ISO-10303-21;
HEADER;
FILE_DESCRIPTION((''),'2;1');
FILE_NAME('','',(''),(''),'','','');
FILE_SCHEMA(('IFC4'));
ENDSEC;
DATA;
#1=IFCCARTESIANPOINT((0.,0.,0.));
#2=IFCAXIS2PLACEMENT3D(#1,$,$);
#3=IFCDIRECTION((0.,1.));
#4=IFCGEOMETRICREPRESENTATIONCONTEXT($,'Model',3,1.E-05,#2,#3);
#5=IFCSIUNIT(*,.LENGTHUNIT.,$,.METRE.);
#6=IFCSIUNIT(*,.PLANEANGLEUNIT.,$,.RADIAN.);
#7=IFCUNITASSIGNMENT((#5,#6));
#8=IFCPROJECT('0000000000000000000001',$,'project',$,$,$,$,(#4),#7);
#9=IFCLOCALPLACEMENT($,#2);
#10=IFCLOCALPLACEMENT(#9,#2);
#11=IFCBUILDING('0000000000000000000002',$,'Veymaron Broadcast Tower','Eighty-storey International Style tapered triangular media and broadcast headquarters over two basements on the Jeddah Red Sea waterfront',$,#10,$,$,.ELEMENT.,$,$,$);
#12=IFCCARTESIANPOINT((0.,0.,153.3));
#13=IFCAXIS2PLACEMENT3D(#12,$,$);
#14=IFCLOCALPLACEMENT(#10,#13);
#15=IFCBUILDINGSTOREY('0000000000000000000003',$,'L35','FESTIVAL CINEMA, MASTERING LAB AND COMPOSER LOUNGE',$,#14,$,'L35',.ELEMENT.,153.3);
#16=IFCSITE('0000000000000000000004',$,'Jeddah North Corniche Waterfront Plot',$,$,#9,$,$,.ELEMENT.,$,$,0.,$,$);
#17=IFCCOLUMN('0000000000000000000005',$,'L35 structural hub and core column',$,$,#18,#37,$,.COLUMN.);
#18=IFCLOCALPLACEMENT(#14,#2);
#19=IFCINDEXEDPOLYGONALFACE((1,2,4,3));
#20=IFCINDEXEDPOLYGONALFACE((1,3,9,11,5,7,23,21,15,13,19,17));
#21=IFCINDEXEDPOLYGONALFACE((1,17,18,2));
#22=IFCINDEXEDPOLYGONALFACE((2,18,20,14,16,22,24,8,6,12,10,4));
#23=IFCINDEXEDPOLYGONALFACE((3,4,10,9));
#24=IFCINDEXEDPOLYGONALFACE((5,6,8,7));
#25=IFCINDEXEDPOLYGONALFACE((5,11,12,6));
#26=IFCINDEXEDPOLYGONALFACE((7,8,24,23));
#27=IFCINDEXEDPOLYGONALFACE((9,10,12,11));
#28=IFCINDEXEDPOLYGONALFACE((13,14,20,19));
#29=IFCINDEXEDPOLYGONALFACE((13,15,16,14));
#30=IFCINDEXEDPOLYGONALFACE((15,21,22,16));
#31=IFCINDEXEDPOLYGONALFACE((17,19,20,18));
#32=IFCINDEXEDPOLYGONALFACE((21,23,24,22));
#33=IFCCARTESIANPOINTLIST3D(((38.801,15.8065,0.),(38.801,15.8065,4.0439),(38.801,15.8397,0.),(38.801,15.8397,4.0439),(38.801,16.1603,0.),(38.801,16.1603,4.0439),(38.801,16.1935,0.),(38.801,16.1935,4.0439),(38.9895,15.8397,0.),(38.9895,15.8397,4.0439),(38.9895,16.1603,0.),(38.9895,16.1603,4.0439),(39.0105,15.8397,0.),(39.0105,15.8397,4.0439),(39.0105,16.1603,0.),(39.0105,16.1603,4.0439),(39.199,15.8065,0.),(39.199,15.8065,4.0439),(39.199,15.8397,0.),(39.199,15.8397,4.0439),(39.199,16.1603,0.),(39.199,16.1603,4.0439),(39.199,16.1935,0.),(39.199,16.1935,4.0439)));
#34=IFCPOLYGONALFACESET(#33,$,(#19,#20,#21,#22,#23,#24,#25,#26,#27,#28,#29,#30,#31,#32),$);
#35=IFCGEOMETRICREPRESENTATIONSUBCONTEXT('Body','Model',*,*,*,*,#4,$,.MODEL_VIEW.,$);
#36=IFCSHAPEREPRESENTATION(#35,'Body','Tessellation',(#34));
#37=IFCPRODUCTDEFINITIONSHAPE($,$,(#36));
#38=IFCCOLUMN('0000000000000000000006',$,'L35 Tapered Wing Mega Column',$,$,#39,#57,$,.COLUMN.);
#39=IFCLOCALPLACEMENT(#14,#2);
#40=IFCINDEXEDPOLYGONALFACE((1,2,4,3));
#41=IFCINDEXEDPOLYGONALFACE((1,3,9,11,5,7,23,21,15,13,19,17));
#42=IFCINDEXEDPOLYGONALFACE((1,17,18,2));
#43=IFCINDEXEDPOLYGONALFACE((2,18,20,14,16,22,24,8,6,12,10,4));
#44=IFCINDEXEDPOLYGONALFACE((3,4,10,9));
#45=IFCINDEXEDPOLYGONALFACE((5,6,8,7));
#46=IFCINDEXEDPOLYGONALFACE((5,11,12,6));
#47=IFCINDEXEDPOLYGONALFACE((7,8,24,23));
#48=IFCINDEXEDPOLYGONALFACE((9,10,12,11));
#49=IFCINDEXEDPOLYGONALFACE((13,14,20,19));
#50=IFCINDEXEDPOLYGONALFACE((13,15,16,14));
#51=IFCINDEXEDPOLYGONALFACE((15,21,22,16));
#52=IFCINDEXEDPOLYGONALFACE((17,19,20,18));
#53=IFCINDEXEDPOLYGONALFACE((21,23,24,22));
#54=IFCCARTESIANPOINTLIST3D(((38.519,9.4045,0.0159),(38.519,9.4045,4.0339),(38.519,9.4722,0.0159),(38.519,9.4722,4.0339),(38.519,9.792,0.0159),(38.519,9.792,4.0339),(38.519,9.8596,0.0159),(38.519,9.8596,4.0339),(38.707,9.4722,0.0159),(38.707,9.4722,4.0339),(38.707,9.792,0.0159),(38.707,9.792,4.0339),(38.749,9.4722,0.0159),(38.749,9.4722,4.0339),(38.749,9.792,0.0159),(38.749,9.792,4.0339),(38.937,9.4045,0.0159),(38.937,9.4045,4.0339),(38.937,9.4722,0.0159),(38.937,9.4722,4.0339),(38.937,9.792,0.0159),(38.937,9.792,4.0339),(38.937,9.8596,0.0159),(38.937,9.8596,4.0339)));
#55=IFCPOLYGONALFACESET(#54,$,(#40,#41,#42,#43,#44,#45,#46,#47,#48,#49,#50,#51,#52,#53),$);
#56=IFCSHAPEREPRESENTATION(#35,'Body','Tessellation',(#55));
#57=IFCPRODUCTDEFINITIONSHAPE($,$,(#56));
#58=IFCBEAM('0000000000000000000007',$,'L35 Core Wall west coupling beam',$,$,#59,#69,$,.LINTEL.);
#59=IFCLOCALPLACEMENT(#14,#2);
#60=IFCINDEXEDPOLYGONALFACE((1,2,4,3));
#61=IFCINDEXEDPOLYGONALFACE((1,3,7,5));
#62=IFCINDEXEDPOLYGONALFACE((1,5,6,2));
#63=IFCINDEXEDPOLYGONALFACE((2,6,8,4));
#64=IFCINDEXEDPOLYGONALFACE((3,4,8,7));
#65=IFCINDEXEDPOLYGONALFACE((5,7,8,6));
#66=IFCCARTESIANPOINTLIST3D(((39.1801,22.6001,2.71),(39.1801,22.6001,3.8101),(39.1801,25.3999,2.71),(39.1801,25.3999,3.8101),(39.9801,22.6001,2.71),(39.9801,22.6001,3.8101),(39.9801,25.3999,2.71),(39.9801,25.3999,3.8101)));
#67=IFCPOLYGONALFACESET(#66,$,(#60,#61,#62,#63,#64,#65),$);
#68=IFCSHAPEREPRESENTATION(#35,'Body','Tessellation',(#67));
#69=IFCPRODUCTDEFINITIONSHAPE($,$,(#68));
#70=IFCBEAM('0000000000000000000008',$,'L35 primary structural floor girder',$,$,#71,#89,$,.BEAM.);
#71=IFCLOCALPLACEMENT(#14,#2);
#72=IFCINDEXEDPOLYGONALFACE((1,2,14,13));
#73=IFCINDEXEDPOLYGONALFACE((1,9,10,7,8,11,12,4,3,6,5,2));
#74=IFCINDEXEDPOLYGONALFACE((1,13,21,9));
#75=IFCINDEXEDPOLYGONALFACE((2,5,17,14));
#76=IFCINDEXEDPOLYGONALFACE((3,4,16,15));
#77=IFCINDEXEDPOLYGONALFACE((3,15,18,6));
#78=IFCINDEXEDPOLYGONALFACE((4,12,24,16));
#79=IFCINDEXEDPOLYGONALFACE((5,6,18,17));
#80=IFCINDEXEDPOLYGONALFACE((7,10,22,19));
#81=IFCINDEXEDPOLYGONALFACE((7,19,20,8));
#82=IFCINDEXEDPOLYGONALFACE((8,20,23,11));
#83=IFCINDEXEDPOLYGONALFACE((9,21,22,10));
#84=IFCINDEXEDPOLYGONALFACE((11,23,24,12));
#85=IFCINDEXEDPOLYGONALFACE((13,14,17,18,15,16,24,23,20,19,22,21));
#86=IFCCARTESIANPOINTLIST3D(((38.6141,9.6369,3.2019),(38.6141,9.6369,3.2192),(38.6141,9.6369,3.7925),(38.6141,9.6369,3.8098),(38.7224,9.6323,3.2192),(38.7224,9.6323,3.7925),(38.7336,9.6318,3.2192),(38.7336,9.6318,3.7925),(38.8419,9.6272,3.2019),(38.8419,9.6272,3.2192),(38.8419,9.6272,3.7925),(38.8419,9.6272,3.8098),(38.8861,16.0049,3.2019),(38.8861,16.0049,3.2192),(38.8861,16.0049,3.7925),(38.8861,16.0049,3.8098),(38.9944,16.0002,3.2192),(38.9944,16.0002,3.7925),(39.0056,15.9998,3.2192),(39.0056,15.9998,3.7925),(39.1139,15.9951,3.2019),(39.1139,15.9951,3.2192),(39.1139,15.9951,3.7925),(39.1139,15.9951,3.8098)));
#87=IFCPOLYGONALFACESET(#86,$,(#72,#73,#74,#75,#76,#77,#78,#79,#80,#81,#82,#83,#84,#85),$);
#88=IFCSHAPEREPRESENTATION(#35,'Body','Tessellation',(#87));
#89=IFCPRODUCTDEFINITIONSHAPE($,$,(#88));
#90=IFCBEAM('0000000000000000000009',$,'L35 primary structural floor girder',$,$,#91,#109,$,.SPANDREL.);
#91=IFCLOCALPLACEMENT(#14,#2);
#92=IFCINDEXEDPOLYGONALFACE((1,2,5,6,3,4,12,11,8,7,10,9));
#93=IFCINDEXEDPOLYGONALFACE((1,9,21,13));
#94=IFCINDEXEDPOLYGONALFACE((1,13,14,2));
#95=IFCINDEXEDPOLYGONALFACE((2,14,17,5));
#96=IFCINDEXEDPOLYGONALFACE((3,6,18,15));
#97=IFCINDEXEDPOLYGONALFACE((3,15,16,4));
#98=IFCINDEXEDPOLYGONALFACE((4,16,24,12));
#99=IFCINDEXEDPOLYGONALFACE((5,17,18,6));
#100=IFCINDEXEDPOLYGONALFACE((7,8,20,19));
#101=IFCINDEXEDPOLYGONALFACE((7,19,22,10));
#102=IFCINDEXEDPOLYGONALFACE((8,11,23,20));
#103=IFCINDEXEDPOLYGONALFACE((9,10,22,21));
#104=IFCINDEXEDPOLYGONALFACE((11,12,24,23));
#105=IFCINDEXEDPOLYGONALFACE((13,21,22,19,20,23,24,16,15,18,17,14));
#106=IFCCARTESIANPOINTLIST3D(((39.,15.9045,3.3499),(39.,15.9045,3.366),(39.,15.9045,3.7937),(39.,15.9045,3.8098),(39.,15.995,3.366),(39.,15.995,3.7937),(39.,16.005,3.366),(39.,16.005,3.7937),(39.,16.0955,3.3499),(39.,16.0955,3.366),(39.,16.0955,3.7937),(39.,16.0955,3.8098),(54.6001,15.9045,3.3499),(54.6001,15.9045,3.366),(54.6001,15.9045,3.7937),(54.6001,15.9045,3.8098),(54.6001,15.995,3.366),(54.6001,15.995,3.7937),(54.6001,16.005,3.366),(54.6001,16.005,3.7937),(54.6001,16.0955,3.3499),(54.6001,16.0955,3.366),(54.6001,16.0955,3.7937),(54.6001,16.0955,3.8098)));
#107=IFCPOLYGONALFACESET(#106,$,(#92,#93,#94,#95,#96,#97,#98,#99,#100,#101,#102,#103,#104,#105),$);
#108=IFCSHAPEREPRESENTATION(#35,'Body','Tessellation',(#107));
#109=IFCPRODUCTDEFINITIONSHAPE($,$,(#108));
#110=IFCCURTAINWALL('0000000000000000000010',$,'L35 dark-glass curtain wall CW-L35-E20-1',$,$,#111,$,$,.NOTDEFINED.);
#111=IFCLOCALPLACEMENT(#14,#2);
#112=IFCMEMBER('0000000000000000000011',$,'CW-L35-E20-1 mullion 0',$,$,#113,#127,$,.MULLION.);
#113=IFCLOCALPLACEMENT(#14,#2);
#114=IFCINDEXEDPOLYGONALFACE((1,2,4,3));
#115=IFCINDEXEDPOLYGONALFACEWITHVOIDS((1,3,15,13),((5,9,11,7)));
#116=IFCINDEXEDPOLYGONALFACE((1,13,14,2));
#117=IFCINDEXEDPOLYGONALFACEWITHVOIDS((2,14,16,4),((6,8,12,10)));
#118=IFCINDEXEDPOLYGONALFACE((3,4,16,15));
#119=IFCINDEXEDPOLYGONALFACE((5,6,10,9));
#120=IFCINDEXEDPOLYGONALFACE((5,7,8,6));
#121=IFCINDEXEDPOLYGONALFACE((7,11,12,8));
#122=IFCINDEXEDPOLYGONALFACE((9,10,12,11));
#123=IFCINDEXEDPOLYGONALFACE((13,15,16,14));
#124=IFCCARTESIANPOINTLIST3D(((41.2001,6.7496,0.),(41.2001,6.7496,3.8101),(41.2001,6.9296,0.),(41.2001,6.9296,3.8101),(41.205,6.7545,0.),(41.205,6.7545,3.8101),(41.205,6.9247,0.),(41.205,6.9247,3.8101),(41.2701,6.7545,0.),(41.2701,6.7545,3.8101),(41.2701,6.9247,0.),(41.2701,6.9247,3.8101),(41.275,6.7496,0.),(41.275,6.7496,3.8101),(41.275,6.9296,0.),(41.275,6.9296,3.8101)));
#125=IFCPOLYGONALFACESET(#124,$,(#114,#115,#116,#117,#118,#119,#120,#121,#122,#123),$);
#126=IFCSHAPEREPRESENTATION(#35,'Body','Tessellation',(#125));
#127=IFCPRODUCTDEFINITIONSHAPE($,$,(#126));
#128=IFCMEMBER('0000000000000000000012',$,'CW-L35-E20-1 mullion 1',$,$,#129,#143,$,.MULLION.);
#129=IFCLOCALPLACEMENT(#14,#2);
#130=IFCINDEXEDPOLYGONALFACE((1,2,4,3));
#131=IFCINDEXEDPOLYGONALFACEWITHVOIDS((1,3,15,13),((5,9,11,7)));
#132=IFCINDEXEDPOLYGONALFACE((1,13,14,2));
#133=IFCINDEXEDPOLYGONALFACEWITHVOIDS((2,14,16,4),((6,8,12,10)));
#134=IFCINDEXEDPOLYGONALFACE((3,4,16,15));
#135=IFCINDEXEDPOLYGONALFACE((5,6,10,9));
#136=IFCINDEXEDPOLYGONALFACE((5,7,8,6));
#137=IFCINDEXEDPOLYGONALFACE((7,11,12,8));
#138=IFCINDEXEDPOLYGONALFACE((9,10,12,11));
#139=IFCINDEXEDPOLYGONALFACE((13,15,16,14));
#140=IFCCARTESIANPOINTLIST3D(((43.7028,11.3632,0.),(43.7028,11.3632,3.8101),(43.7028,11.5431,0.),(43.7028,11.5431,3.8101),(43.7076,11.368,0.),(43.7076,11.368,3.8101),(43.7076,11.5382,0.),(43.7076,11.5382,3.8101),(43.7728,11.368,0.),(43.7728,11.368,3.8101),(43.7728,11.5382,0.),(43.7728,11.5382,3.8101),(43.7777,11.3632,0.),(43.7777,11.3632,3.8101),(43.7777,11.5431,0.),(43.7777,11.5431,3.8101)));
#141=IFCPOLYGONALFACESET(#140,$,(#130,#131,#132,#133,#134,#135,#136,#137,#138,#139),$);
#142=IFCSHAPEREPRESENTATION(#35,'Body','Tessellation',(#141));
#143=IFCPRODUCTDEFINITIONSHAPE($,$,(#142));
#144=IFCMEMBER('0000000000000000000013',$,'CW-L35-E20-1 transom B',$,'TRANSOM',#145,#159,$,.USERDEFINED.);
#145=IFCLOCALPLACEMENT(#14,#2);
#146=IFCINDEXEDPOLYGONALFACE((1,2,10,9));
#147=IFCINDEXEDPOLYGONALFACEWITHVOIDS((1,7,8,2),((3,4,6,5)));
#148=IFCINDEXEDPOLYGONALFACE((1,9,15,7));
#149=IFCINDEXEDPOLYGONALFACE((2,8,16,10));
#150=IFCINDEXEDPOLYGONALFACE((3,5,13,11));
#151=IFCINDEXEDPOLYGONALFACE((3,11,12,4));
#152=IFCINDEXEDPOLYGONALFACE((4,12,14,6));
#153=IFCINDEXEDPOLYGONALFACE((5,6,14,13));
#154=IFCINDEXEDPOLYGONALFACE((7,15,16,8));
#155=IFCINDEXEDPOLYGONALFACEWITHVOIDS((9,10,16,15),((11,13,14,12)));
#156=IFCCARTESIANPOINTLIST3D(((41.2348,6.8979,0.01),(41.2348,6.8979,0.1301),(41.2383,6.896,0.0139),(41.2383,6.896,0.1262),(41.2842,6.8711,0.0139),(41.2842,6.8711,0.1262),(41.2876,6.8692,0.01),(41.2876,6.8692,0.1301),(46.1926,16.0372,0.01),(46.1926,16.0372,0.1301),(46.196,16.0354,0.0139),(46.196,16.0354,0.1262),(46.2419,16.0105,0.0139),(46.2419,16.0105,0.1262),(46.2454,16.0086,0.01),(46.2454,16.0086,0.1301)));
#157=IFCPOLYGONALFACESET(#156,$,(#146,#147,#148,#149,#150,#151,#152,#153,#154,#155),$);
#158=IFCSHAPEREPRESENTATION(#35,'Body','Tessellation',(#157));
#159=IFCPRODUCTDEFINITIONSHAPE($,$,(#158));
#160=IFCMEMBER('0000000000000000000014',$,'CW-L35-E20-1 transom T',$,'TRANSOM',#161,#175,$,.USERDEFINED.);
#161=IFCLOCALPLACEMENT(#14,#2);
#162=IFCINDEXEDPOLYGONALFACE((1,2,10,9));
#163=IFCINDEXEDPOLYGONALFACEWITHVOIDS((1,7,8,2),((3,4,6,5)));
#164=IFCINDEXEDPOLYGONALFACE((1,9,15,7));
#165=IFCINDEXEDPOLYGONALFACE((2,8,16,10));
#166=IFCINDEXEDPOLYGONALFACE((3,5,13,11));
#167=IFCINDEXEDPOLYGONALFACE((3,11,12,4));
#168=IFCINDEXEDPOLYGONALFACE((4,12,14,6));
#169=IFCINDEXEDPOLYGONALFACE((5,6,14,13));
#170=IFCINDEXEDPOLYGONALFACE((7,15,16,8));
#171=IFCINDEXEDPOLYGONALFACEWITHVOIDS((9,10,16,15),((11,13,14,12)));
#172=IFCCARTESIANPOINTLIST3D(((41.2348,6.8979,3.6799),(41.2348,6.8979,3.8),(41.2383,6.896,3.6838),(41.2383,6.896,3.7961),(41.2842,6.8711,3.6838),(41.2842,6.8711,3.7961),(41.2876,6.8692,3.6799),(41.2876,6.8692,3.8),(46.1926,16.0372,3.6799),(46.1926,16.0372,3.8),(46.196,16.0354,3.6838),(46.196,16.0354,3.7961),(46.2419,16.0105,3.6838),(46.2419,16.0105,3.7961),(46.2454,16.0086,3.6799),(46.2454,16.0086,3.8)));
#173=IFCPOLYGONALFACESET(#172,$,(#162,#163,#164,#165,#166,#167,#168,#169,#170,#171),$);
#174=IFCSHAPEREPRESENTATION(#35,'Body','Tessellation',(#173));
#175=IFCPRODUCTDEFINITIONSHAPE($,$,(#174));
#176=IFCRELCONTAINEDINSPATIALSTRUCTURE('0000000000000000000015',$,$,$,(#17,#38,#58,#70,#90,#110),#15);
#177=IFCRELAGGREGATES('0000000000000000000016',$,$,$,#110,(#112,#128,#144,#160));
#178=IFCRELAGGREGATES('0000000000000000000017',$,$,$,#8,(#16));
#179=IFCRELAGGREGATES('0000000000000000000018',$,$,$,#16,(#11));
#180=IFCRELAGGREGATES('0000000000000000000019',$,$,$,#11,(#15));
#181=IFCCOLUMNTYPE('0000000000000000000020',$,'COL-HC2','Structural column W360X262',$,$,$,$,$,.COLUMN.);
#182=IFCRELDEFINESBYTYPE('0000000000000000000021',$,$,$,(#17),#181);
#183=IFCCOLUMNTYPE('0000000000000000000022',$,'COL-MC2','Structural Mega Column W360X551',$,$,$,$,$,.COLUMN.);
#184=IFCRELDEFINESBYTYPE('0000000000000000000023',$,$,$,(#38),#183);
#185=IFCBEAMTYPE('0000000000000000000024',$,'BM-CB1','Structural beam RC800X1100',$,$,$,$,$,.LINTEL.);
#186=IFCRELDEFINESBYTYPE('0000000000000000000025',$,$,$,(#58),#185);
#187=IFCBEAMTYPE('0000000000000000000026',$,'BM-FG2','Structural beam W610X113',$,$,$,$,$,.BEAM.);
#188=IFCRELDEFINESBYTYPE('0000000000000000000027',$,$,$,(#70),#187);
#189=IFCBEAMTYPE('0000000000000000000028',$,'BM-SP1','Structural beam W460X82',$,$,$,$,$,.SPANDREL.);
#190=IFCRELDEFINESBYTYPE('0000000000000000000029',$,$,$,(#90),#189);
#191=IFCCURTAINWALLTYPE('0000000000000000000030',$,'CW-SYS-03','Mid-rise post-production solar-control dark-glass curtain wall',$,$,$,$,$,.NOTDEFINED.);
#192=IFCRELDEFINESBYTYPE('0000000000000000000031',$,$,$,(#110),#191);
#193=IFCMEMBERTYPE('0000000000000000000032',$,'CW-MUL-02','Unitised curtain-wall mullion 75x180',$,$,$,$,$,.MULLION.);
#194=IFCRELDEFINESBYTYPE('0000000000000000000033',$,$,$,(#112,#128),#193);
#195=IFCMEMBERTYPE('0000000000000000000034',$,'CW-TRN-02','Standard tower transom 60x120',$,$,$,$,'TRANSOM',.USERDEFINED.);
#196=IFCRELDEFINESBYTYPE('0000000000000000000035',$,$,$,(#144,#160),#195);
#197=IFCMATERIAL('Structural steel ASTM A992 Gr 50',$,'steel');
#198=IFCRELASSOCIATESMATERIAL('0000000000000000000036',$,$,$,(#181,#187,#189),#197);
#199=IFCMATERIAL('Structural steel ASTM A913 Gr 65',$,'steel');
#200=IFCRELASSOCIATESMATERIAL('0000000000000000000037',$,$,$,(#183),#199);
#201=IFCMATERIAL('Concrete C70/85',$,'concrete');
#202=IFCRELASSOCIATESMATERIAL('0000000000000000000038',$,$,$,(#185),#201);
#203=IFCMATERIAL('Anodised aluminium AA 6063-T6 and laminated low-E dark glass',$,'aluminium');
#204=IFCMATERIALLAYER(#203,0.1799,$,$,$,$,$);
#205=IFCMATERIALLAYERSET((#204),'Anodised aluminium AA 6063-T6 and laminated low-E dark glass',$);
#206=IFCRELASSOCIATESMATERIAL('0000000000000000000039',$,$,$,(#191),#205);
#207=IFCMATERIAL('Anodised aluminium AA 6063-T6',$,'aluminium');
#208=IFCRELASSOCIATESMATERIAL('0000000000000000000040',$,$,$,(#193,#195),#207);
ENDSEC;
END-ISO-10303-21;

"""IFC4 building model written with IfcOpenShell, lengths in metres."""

from ifc_helpers import new_model, si_unit, direction, frame, origin, origin_2d, place, context, subcontext, project, spatial, rectangle, hollow_rectangle, i_section, extrude, material, layer, layer_set, material_profile, profile_set, type_object, element, aggregate, save


model = new_model("IFC4")

# Units and contexts
model_context = context("Model", 3, precision=1e-05, world=origin(), true_north=direction((0.0, 1.0)))
body_context = subcontext(model_context, "Body", "Model", "MODEL_VIEW")
ifc_project = project(units=[si_unit("LENGTHUNIT", "METRE"), si_unit("PLANEANGLEUNIT", "RADIAN")], contexts=[model_context])

# Site, building, storey
site_placement = place(None, origin())
site = spatial("IfcSite", under=ifc_project, at=site_placement, Name="Jeddah North Corniche Waterfront Plot", CompositionType="ELEMENT", RefElevation=0.0)
building_placement = place(site_placement, origin())
building = spatial("IfcBuilding", under=site, at=building_placement, Name="Veymaron Broadcast Tower", Description="Eighty-storey International Style tapered triangular media and broadcast headquarters over two basements on the Jeddah Red Sea waterfront", CompositionType="ELEMENT")
storey_placement = place(building_placement, frame((0.0, 0.0, 153.3)))
storey = spatial("IfcBuildingStorey", under=building, at=storey_placement, Name="L35", Description="FESTIVAL CINEMA, MASTERING LAB AND COMPOSER LOUNGE", LongName="L35", CompositionType="ELEMENT", Elevation=153.3)

# Columns
ifc_material_1 = material(Name="Structural steel ASTM A992 Gr 50", Category="steel")
ifc_material_profile_1 = material_profile(ifc_material_1, i_section(OverallWidth=0.3979, OverallDepth=0.387, WebThickness=0.021, FlangeThickness=0.0332, at=origin_2d()), Name="W360X262")
ifc_profile_set_1 = profile_set([ifc_material_profile_1], Name="Structural steel ASTM A992 Gr 50")
column_type_1 = type_object("IfcColumnType", Name="COL-HC2", Description="Structural column W360X262", PredefinedType="COLUMN", material=ifc_profile_set_1)
column_1_placement = place(storey_placement, frame((39.0, 16.0, 0.0), z_axis=(0.0, 0.0, 1.0), x_axis=(1.0, 0.0, 0.0)))
element("IfcColumn", 1, at=column_1_placement, inside=storey, type_object=column_type_1, Name="L35 structural hub and core column", PredefinedType="COLUMN", context=body_context, shape_type="SweptSolid", body=[
    extrude(i_section(OverallWidth=0.3979, OverallDepth=0.387, WebThickness=0.021, FlangeThickness=0.0332, at=origin_2d()), origin(), (0.0, 0.0, 1.0), 4.0439),
])
ifc_material_2 = material(Name="Structural steel ASTM A913 Gr 65", Category="steel")
ifc_material_profile_2 = material_profile(ifc_material_2, i_section(OverallWidth=0.418, OverallDepth=0.4551, WebThickness=0.042, FlangeThickness=0.0676, at=origin_2d()), Name="W360X551")
ifc_profile_set_2 = profile_set([ifc_material_profile_2], Name="Structural steel ASTM A913 Gr 65")
column_type_2 = type_object("IfcColumnType", Name="COL-MC2", Description="Structural Mega Column W360X551", PredefinedType="COLUMN", material=ifc_profile_set_2)
column_2_placement = place(storey_placement, frame((38.728, 9.6321, 0.0159), z_axis=(0.0, 0.0, 1.0), x_axis=(1.0, 0.0, 0.0)))
element("IfcColumn", 2, at=column_2_placement, inside=storey, type_object=column_type_2, Name="L35 Tapered Wing Mega Column", PredefinedType="COLUMN", context=body_context, shape_type="SweptSolid", body=[
    extrude(i_section(OverallWidth=0.418, OverallDepth=0.4551, WebThickness=0.042, FlangeThickness=0.0676, at=origin_2d()), origin(), (0.0, 0.0, 1.0), 4.0181),
])

# Beams
ifc_material_3 = material(Name="Concrete C70/85", Category="concrete")
ifc_material_profile_3 = material_profile(ifc_material_3, rectangle(XDim=0.8, YDim=1.1001, at=origin_2d()), Name="RC800X1100")
ifc_profile_set_3 = profile_set([ifc_material_profile_3], Name="Concrete C70/85")
beam_type_1 = type_object("IfcBeamType", Name="BM-CB1", Description="Structural beam RC800X1100", PredefinedType="LINTEL", material=ifc_profile_set_3)
beam_1_placement = place(storey_placement, frame((39.5801, 22.6001, 3.26), z_axis=(0.0, 1.0, 0.0), x_axis=(-1.0, 0.0, 0.0)))
element("IfcBeam", 3, at=beam_1_placement, inside=storey, type_object=beam_type_1, Name="L35 Core Wall west coupling beam", PredefinedType="LINTEL", context=body_context, shape_type="SweptSolid", body=[
    extrude(rectangle(XDim=0.8, YDim=1.1001, at=origin_2d()), origin(), (0.0, 0.0, 1.0), 2.7998),
])
ifc_material_profile_4 = material_profile(ifc_material_1, i_section(OverallWidth=0.228, OverallDepth=0.6079, WebThickness=0.0112, FlangeThickness=0.0173, at=origin_2d()), Name="W610X113")
ifc_profile_set_4 = profile_set([ifc_material_profile_4], Name="Structural steel ASTM A992 Gr 50")
beam_type_2 = type_object("IfcBeamType", Name="BM-FG2", Description="Structural beam W610X113", PredefinedType="BEAM", material=ifc_profile_set_4)
beam_2_placement = place(storey_placement, frame((39.0, 16.0, 3.5059), z_axis=(-0.042671, -0.999089, 0.0), x_axis=(0.999089, -0.042671, 0.0)))
element("IfcBeam", 4, at=beam_2_placement, inside=storey, type_object=beam_type_2, Name="L35 primary structural floor girder", PredefinedType="BEAM", context=body_context, shape_type="SweptSolid", body=[
    extrude(i_section(OverallWidth=0.228, OverallDepth=0.6079, WebThickness=0.0112, FlangeThickness=0.0173, at=origin_2d()), origin(), (0.0, 0.0, 1.0), 6.3738),
])
ifc_material_profile_5 = material_profile(ifc_material_1, i_section(OverallWidth=0.1909, OverallDepth=0.46, WebThickness=0.01, FlangeThickness=0.0161, at=origin_2d()), Name="W460X82")
ifc_profile_set_5 = profile_set([ifc_material_profile_5], Name="Structural steel ASTM A992 Gr 50")
beam_type_3 = type_object("IfcBeamType", Name="BM-SP1", Description="Structural beam W460X82", PredefinedType="SPANDREL", material=ifc_profile_set_5)
beam_3_placement = place(storey_placement, frame((39.0, 16.0, 3.5798), z_axis=(1.0, 0.0, 0.0), x_axis=(0.0, 1.0, 0.0)))
element("IfcBeam", 5, at=beam_3_placement, inside=storey, type_object=beam_type_3, Name="L35 primary structural floor girder", PredefinedType="SPANDREL", context=body_context, shape_type="SweptSolid", body=[
    extrude(i_section(OverallWidth=0.1909, OverallDepth=0.46, WebThickness=0.01, FlangeThickness=0.0161, at=origin_2d()), origin(), (0.0, 0.0, 1.0), 15.6001),
])

# Curtain wall, members
ifc_material_4 = material(Name="Anodised aluminium AA 6063-T6 and laminated low-E dark glass", Category="aluminium")
ifc_layer_1 = layer(ifc_material_4, 0.1799)
ifc_layer_set_1 = layer_set([ifc_layer_1], Name="Anodised aluminium AA 6063-T6 and laminated low-E dark glass")
curtain_wall_type = type_object("IfcCurtainWallType", Name="CW-SYS-03", Description="Mid-rise post-production solar-control dark-glass curtain wall", PredefinedType="NOTDEFINED", material=ifc_layer_set_1)
curtain_wall_placement = place(storey_placement, origin())
curtain_wall = element("IfcCurtainWall", 6, at=curtain_wall_placement, inside=storey, type_object=curtain_wall_type, Name="L35 dark-glass curtain wall CW-L35-E20-1", PredefinedType="NOTDEFINED")
ifc_material_5 = material(Name="Anodised aluminium AA 6063-T6", Category="aluminium")
ifc_material_profile_6 = material_profile(ifc_material_5, hollow_rectangle(XDim=0.075, YDim=0.1799, WallThickness=0.0049, at=origin_2d()), Name="AL180X75X5")
ifc_profile_set_6 = profile_set([ifc_material_profile_6], Name="Anodised aluminium AA 6063-T6")
member_type_1 = type_object("IfcMemberType", Name="CW-MUL-02", Description="Unitised curtain-wall mullion 75x180", PredefinedType="MULLION", material=ifc_profile_set_6)
member_1_placement = place(storey_placement, frame((41.2375, 6.8396, 0.0), z_axis=(0.0, 0.0, 1.0), x_axis=(1.0, 0.0, 0.0)))
member_1 = element("IfcMember", 7, at=member_1_placement, type_object=member_type_1, Name="CW-L35-E20-1 mullion 0", PredefinedType="MULLION", context=body_context, shape_type="SweptSolid", body=[
    extrude(hollow_rectangle(XDim=0.075, YDim=0.1799, WallThickness=0.0049, at=origin_2d()), origin(), (0.0, 0.0, 1.0), 3.8101),
])
member_2_placement = place(storey_placement, frame((43.7402, 11.4531, 0.0), z_axis=(0.0, 0.0, 1.0), x_axis=(1.0, 0.0, 0.0)))
member_2 = element("IfcMember", 8, at=member_2_placement, type_object=member_type_1, Name="CW-L35-E20-1 mullion 1", PredefinedType="MULLION", context=body_context, shape_type="SweptSolid", body=[
    extrude(hollow_rectangle(XDim=0.075, YDim=0.1799, WallThickness=0.0049, at=origin_2d()), origin(), (0.0, 0.0, 1.0), 3.8101),
])
ifc_material_profile_7 = material_profile(ifc_material_5, hollow_rectangle(XDim=0.0601, YDim=0.1201, WallThickness=0.0039, at=origin_2d()), Name="AL120X60X4")
ifc_profile_set_7 = profile_set([ifc_material_profile_7], Name="Anodised aluminium AA 6063-T6")
member_type_2 = type_object("IfcMemberType", Name="CW-TRN-02", Description="Standard tower transom 60x120", ElementType="TRANSOM", PredefinedType="USERDEFINED", material=ifc_profile_set_7)
member_3_placement = place(storey_placement, frame((41.2612, 6.8835, 0.0701), z_axis=(0.476822, 0.879, 0.0), x_axis=(-0.879, 0.476822, 0.0)))
member_3 = element("IfcMember", 9, at=member_3_placement, type_object=member_type_2, Name="CW-L35-E20-1 transom B", ObjectType="TRANSOM", PredefinedType="USERDEFINED", context=body_context, shape_type="SweptSolid", body=[
    extrude(hollow_rectangle(XDim=0.0601, YDim=0.1201, WallThickness=0.0039, at=origin_2d()), origin(), (0.0, 0.0, 1.0), 10.3975),
])
member_4_placement = place(storey_placement, frame((41.2612, 6.8835, 3.74), z_axis=(0.476822, 0.879, 0.0), x_axis=(-0.879, 0.476822, 0.0)))
member_4 = element("IfcMember", 10, at=member_4_placement, type_object=member_type_2, Name="CW-L35-E20-1 transom T", ObjectType="TRANSOM", PredefinedType="USERDEFINED", context=body_context, shape_type="SweptSolid", body=[
    extrude(hollow_rectangle(XDim=0.0601, YDim=0.1201, WallThickness=0.0039, at=origin_2d()), origin(), (0.0, 0.0, 1.0), 10.3975),
])
aggregate(curtain_wall, [member_1, member_2, member_3, member_4])

save(model, "model.ifc")
